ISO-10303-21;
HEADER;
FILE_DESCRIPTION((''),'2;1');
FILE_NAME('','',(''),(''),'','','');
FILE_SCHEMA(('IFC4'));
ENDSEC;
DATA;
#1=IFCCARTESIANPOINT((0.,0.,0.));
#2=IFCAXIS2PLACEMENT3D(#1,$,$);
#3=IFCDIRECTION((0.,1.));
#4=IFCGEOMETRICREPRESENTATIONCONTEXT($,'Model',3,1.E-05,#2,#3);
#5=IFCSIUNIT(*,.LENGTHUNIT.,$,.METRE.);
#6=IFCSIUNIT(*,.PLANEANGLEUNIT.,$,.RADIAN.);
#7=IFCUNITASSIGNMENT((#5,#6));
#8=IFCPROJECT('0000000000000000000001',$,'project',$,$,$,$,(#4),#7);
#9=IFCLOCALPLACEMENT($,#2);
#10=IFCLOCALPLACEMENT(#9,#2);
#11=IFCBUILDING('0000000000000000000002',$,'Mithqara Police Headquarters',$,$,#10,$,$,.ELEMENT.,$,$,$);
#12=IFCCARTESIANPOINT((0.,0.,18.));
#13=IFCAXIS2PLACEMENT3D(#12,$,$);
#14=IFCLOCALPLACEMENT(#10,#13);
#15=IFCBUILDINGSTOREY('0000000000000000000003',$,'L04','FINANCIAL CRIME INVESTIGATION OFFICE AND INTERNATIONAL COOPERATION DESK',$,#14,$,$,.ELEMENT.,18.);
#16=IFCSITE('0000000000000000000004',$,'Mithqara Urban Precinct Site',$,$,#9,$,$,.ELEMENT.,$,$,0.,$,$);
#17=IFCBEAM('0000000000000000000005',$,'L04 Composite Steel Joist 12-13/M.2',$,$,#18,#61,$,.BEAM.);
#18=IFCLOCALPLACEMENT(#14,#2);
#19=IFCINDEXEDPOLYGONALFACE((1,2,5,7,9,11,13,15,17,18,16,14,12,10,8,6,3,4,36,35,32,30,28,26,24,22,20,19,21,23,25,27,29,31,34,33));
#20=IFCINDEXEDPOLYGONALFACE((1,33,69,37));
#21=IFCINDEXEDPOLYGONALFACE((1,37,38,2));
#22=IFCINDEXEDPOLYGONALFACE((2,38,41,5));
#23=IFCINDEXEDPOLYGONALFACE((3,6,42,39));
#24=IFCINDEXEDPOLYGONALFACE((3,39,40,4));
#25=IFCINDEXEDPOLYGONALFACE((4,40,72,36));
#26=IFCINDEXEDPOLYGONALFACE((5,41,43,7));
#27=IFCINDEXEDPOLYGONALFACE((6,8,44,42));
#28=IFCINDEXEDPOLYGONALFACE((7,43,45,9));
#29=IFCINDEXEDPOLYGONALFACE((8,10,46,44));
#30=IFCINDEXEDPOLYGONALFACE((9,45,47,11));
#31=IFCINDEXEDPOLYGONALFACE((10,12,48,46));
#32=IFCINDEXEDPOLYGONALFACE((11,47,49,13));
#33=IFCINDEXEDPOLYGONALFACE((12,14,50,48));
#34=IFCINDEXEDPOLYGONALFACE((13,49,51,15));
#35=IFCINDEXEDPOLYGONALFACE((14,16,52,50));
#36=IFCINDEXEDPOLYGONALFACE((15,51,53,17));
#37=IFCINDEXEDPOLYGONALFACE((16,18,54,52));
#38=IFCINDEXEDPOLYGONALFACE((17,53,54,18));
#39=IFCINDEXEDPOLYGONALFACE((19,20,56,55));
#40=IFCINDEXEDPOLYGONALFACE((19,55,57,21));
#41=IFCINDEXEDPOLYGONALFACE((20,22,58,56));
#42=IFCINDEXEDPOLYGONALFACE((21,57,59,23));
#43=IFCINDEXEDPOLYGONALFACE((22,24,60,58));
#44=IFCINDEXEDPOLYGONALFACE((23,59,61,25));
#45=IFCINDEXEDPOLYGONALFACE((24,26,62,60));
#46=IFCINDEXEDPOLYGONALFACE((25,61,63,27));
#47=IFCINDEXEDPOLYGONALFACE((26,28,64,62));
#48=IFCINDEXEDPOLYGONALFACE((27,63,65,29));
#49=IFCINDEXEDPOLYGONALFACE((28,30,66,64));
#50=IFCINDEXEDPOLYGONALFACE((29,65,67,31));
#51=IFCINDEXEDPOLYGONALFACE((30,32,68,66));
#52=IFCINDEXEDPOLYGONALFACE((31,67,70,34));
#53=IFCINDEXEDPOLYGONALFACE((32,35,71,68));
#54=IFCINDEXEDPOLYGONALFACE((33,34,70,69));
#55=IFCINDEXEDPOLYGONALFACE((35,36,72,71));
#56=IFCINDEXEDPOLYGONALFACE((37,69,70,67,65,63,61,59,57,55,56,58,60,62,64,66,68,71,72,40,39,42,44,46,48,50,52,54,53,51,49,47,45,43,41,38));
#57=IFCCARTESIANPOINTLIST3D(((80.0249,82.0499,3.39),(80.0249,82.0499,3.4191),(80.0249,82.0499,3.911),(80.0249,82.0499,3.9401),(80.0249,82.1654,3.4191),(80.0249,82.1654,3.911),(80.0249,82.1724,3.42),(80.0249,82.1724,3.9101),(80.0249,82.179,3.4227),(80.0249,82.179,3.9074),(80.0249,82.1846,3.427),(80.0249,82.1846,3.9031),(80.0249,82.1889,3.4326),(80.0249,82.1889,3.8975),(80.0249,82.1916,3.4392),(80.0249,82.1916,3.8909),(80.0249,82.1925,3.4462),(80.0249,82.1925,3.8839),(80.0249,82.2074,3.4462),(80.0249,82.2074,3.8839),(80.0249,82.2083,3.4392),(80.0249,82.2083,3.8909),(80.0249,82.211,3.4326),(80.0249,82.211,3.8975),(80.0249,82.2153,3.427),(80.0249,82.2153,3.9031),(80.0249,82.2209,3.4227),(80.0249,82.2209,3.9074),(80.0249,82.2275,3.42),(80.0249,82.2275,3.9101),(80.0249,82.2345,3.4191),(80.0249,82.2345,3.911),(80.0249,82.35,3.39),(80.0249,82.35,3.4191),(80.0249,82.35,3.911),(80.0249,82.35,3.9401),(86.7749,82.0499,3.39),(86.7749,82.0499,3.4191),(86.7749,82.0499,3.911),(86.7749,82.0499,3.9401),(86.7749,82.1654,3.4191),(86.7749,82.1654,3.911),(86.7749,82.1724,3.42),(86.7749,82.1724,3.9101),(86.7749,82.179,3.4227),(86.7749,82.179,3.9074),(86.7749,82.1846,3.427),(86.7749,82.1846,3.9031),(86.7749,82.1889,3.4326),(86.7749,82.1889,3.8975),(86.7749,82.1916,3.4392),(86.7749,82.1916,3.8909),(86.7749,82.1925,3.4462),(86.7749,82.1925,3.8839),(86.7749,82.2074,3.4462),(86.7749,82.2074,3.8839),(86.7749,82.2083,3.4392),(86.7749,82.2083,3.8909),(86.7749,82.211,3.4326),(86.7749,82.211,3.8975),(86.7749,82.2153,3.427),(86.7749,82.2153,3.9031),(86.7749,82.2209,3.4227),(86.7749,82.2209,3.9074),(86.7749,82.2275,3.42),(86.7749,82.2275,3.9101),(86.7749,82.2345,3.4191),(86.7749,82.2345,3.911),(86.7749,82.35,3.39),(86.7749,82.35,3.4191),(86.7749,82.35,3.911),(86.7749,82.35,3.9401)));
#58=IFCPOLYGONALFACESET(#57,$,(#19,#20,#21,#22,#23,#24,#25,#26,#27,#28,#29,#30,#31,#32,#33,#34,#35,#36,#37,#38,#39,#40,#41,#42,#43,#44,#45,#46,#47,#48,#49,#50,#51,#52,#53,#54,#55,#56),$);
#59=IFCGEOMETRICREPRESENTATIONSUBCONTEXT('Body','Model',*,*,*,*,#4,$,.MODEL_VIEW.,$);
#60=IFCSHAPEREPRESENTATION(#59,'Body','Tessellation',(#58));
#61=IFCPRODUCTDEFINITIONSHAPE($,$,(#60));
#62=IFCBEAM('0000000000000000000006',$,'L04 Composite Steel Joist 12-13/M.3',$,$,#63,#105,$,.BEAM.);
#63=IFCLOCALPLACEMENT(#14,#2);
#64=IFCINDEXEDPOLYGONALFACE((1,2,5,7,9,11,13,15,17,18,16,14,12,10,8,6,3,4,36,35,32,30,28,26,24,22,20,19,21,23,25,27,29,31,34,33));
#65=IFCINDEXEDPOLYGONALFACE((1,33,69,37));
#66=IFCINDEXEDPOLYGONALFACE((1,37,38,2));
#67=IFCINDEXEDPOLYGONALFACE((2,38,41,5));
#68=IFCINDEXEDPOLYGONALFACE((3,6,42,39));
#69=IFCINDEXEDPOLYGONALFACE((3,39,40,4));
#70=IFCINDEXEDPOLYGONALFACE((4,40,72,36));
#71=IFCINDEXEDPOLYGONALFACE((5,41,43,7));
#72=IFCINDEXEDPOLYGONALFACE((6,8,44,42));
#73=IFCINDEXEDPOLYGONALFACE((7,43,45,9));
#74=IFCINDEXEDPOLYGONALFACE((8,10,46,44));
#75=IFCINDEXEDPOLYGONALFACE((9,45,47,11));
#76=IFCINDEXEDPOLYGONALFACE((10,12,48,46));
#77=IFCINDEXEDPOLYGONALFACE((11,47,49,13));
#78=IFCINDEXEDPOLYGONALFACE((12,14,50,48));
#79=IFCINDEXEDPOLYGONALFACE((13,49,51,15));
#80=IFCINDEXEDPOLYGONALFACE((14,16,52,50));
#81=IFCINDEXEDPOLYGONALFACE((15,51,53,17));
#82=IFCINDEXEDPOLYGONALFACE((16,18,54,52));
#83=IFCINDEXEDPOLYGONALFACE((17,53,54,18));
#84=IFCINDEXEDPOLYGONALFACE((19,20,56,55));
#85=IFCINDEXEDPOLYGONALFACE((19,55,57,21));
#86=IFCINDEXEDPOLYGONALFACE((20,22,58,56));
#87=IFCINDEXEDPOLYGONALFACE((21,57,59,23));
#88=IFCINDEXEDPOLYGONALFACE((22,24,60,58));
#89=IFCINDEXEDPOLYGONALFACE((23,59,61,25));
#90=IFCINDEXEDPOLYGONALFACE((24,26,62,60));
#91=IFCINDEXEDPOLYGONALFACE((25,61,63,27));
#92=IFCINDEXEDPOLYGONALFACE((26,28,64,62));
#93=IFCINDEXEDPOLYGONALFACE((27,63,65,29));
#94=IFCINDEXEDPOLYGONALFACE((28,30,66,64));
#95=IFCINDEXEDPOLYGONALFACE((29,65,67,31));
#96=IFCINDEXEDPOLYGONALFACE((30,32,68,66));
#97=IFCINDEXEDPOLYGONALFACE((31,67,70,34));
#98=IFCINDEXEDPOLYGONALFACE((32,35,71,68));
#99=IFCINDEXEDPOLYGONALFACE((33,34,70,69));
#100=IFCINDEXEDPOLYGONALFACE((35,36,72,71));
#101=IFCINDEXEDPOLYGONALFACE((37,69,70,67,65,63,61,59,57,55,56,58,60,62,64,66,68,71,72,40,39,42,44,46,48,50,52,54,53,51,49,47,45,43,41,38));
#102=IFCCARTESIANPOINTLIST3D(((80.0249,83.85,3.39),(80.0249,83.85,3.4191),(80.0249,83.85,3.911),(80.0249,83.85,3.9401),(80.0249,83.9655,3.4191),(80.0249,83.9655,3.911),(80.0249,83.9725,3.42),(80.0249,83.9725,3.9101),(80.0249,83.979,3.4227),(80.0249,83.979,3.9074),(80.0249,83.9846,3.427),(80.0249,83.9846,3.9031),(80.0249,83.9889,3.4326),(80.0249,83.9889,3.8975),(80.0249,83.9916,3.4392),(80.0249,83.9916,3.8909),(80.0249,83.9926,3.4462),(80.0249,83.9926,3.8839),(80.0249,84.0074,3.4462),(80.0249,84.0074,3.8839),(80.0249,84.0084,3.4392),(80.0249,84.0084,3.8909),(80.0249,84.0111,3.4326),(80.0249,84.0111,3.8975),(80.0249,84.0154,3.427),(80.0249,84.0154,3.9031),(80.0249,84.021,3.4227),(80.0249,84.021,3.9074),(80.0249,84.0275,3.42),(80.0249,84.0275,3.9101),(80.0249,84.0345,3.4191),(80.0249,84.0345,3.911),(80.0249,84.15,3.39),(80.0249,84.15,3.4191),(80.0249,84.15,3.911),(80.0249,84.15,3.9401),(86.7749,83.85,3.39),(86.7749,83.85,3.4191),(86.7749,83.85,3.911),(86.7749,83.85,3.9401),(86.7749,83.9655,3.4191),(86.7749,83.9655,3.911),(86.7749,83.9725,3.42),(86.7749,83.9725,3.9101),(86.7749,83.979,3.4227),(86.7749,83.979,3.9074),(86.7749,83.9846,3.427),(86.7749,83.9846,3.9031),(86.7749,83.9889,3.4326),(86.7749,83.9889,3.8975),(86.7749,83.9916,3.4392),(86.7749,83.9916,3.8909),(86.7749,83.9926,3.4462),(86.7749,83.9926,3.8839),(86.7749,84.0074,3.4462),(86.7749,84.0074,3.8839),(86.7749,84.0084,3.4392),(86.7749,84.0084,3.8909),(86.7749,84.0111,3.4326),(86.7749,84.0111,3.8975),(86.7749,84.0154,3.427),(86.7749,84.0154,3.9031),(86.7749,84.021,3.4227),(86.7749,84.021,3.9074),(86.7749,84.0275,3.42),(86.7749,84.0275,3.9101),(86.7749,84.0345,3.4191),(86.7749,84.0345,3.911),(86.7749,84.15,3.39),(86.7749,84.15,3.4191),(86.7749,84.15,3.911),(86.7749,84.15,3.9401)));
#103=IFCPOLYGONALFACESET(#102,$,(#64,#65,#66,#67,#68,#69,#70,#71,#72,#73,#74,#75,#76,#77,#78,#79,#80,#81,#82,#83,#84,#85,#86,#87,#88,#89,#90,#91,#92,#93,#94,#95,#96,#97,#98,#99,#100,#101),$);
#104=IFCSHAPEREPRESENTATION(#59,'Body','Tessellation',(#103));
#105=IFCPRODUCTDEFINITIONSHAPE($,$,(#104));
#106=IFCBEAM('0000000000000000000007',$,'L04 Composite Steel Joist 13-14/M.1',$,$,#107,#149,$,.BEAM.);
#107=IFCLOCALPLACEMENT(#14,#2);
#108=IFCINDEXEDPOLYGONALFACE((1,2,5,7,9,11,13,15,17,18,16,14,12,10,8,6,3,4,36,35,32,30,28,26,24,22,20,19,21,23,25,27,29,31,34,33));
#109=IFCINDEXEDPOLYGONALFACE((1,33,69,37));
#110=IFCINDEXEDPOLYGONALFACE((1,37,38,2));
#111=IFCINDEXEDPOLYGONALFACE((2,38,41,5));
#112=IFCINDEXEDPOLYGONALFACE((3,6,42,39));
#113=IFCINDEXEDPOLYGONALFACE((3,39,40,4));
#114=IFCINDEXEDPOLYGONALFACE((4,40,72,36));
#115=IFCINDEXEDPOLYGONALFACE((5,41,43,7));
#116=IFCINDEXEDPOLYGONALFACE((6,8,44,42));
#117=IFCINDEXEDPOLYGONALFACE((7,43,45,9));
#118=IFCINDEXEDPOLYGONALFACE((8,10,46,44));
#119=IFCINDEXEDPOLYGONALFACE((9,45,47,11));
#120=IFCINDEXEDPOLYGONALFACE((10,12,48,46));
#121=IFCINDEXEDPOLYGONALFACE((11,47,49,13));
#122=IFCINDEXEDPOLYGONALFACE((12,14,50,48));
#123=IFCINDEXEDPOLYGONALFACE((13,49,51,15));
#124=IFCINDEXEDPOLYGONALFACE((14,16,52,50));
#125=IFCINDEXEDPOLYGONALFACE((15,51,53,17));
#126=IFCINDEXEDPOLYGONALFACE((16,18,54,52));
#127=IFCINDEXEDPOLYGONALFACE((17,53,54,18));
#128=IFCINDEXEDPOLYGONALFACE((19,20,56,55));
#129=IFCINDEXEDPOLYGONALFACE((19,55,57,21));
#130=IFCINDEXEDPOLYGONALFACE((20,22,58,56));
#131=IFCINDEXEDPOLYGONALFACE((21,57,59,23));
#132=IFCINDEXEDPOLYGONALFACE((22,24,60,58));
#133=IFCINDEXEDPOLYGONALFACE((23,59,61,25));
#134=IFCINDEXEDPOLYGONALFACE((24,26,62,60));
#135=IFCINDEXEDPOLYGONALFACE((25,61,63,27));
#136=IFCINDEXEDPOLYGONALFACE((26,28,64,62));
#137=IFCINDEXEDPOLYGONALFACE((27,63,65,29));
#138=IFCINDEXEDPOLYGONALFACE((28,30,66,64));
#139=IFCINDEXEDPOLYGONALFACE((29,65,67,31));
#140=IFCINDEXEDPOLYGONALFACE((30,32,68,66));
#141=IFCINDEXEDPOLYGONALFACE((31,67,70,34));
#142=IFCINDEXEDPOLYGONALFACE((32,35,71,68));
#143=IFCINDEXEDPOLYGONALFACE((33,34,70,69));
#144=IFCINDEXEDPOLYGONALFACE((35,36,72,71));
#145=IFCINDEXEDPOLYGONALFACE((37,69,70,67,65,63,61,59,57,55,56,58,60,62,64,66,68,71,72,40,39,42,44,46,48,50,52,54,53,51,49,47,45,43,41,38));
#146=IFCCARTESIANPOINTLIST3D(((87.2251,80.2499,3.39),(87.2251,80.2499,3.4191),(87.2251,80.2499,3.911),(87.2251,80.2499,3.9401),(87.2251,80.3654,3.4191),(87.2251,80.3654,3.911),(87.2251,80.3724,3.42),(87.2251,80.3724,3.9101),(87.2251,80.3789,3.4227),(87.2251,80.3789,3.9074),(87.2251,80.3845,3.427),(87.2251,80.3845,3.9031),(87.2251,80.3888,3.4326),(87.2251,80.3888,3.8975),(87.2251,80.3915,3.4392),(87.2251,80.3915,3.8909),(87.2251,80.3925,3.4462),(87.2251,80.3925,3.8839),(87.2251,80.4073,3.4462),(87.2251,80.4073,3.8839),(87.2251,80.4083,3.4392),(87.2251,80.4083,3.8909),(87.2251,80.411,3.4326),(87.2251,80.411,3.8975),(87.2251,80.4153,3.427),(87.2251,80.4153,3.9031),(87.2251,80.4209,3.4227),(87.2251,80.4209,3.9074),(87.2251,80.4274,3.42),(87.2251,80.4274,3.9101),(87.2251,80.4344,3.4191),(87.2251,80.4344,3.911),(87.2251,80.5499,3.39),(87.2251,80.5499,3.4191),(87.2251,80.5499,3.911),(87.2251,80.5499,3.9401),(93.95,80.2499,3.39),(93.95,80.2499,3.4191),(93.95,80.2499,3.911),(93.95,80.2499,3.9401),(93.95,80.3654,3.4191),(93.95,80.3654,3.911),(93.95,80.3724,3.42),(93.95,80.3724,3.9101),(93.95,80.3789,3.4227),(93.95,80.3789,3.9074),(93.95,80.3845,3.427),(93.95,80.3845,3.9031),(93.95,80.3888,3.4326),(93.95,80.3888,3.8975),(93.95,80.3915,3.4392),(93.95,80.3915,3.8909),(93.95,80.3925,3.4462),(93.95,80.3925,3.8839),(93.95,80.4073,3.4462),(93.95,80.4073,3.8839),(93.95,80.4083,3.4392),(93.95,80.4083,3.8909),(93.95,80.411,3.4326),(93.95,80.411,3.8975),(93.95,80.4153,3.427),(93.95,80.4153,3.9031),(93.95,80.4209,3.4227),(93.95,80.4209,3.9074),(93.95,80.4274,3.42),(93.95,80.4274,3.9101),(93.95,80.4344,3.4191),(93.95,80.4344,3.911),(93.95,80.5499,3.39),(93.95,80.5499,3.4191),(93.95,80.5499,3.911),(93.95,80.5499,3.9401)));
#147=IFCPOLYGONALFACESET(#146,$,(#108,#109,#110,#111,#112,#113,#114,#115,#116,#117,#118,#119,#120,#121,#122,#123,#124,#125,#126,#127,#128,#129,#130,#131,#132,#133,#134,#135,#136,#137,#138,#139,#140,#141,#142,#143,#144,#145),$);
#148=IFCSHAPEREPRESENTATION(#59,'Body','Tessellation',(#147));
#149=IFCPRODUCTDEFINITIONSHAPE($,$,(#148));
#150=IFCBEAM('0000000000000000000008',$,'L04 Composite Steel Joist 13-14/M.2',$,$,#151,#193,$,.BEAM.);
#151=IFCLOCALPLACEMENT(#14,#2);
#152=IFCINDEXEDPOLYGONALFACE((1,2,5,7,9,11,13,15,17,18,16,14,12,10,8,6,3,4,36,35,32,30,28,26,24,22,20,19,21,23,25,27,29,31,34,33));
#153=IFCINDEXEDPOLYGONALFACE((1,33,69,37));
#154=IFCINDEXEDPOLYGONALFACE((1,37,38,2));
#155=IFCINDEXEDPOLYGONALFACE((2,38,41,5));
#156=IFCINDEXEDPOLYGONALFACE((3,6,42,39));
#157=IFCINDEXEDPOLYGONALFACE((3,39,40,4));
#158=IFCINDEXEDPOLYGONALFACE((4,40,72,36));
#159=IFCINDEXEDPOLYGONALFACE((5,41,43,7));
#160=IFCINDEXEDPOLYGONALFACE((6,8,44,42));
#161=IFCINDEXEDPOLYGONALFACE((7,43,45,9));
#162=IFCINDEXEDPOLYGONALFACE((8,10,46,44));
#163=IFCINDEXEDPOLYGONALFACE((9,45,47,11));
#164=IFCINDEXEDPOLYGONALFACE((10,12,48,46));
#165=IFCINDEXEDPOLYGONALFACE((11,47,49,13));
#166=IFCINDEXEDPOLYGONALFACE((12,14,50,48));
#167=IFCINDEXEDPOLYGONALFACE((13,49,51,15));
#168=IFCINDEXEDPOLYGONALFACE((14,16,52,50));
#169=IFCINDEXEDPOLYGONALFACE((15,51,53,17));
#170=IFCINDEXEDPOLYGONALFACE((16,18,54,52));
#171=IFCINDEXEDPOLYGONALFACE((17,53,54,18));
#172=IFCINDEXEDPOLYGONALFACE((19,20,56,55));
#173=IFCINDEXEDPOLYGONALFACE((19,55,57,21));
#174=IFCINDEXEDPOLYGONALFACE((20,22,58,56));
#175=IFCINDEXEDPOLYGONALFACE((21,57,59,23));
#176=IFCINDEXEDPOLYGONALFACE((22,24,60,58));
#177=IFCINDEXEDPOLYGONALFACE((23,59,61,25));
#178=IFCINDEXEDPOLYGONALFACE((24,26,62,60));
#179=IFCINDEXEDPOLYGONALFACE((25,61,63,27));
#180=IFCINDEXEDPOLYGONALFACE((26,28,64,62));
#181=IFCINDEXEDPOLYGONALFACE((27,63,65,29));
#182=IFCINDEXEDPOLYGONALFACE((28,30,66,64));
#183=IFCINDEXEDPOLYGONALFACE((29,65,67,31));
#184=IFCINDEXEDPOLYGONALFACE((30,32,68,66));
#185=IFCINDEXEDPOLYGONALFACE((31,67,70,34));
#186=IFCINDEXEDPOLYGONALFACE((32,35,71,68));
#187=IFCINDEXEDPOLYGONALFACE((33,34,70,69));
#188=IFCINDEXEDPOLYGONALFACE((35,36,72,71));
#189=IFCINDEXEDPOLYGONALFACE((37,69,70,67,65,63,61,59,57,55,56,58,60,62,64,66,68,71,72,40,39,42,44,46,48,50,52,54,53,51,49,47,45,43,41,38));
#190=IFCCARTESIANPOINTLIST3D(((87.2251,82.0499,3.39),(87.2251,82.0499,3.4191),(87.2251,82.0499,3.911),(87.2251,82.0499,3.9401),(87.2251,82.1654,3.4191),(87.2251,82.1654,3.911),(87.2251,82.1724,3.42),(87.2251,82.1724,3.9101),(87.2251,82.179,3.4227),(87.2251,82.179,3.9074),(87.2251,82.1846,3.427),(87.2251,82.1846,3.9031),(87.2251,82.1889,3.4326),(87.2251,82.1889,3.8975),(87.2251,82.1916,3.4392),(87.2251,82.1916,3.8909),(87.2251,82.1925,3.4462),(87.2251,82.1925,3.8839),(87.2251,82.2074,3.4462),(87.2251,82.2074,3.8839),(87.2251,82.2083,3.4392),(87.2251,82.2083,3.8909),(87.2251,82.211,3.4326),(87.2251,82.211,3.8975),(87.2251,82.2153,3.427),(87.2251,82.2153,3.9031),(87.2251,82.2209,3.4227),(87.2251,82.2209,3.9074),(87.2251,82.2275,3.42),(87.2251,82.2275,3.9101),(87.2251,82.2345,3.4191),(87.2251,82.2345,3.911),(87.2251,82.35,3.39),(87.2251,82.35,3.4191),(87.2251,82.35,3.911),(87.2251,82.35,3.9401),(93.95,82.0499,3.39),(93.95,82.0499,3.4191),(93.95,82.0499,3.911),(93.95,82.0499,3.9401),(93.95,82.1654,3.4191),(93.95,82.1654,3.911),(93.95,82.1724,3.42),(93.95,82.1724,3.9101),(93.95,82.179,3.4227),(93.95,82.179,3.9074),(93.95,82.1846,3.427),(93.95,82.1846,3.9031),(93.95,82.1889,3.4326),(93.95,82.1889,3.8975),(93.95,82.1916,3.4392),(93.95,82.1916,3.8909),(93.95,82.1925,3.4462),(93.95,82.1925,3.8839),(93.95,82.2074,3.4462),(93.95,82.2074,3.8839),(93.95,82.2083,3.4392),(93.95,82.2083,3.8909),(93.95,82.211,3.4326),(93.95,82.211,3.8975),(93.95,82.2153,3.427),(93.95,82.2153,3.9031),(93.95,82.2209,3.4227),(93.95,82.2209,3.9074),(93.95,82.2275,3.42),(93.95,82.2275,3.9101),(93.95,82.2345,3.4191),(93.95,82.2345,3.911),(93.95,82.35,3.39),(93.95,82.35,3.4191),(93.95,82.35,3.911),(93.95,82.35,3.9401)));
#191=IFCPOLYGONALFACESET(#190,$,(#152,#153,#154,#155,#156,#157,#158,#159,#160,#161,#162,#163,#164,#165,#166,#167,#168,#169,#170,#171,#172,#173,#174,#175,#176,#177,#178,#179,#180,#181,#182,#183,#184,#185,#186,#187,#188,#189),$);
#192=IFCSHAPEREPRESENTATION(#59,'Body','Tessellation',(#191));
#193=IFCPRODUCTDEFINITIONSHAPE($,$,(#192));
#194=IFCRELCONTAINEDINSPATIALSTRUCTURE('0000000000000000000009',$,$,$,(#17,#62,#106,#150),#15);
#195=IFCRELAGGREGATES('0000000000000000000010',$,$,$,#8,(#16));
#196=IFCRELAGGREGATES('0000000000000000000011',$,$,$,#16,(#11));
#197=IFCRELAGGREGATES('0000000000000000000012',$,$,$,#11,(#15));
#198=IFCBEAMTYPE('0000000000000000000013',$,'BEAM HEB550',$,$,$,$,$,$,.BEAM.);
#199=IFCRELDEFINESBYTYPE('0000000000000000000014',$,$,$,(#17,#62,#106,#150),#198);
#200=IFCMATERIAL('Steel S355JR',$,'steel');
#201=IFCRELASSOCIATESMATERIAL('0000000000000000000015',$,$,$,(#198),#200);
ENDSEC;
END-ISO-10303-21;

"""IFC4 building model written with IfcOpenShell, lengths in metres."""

from ifc_helpers import new_model, si_unit, direction, frame, origin, origin_2d, place, context, subcontext, project, spatial, i_section, extrude, material, material_profile, profile_set, type_object, element, save


model = new_model("IFC4")

# Units and contexts
model_context = context("Model", 3, precision=1e-05, world=origin(), true_north=direction((0.0, 1.0)))
body_context = subcontext(model_context, "Body", "Model", "MODEL_VIEW")
ifc_project = project(units=[si_unit("LENGTHUNIT", "METRE"), si_unit("PLANEANGLEUNIT", "RADIAN")], contexts=[model_context])

# Site, building, storey
site_placement = place(None, origin())
site = spatial("IfcSite", under=ifc_project, at=site_placement, Name="Mithqara Urban Precinct Site", CompositionType="ELEMENT", RefElevation=0.0)
building_placement = place(site_placement, origin())
building = spatial("IfcBuilding", under=site, at=building_placement, Name="Mithqara Police Headquarters", CompositionType="ELEMENT")
storey_placement = place(building_placement, frame((0.0, 0.0, 18.0)))
storey = spatial("IfcBuildingStorey", under=building, at=storey_placement, Name="L04", Description="FINANCIAL CRIME INVESTIGATION OFFICE AND INTERNATIONAL COOPERATION DESK", CompositionType="ELEMENT", Elevation=18.0)

# Beams
ifc_material_1 = material(Name="Steel S355JR", Category="steel")
ifc_material_profile_1 = material_profile(ifc_material_1, i_section(OverallWidth=0.3, OverallDepth=0.55, WebThickness=0.0149, FlangeThickness=0.0291, FilletRadius=0.0271, at=origin_2d()), Name="HEB 550")
ifc_profile_set_1 = profile_set([ifc_material_profile_1], Name="Steel S355JR")
beam_type_1 = type_object("IfcBeamType", Name="BEAM HEB550", PredefinedType="BEAM", material=ifc_profile_set_1)
for number, where, z_axis, x_axis, name in (
    (1, (80.0249, 82.2, 3.665), (1.0, 0.0, 0.0), (0.0, 1.0, 0.0), "L04 Composite Steel Joist 12-13/M.2"),
    (2, (80.0249, 84.0, 3.665), (1.0, 0.0, 0.0), (0.0, 1.0, 0.0), "L04 Composite Steel Joist 12-13/M.3"),
):
    element("IfcBeam", number, at=place(storey_placement, frame(where, z_axis=z_axis, x_axis=x_axis)), inside=storey, type_object=beam_type_1, Name=name, PredefinedType="BEAM", context=body_context, shape_type="SweptSolid", body=[
        extrude(i_section(OverallWidth=0.3, OverallDepth=0.55, WebThickness=0.0149, FlangeThickness=0.0291, FilletRadius=0.0271, at=origin_2d()), origin(), (0.0, 0.0, 1.0), 6.75),
    ])
for number, where, z_axis, x_axis, name in (
    (3, (87.2251, 80.3999, 3.665), (1.0, 0.0, 0.0), (0.0, 1.0, 0.0), "L04 Composite Steel Joist 13-14/M.1"),
    (4, (87.2251, 82.2, 3.665), (1.0, 0.0, 0.0), (0.0, 1.0, 0.0), "L04 Composite Steel Joist 13-14/M.2"),
):
    element("IfcBeam", number, at=place(storey_placement, frame(where, z_axis=z_axis, x_axis=x_axis)), inside=storey, type_object=beam_type_1, Name=name, PredefinedType="BEAM", context=body_context, shape_type="SweptSolid", body=[
        extrude(i_section(OverallWidth=0.3, OverallDepth=0.55, WebThickness=0.0149, FlangeThickness=0.0291, FilletRadius=0.0271, at=origin_2d()), origin(), (0.0, 0.0, 1.0), 6.7249),
    ])

save(model, "model.ifc")
